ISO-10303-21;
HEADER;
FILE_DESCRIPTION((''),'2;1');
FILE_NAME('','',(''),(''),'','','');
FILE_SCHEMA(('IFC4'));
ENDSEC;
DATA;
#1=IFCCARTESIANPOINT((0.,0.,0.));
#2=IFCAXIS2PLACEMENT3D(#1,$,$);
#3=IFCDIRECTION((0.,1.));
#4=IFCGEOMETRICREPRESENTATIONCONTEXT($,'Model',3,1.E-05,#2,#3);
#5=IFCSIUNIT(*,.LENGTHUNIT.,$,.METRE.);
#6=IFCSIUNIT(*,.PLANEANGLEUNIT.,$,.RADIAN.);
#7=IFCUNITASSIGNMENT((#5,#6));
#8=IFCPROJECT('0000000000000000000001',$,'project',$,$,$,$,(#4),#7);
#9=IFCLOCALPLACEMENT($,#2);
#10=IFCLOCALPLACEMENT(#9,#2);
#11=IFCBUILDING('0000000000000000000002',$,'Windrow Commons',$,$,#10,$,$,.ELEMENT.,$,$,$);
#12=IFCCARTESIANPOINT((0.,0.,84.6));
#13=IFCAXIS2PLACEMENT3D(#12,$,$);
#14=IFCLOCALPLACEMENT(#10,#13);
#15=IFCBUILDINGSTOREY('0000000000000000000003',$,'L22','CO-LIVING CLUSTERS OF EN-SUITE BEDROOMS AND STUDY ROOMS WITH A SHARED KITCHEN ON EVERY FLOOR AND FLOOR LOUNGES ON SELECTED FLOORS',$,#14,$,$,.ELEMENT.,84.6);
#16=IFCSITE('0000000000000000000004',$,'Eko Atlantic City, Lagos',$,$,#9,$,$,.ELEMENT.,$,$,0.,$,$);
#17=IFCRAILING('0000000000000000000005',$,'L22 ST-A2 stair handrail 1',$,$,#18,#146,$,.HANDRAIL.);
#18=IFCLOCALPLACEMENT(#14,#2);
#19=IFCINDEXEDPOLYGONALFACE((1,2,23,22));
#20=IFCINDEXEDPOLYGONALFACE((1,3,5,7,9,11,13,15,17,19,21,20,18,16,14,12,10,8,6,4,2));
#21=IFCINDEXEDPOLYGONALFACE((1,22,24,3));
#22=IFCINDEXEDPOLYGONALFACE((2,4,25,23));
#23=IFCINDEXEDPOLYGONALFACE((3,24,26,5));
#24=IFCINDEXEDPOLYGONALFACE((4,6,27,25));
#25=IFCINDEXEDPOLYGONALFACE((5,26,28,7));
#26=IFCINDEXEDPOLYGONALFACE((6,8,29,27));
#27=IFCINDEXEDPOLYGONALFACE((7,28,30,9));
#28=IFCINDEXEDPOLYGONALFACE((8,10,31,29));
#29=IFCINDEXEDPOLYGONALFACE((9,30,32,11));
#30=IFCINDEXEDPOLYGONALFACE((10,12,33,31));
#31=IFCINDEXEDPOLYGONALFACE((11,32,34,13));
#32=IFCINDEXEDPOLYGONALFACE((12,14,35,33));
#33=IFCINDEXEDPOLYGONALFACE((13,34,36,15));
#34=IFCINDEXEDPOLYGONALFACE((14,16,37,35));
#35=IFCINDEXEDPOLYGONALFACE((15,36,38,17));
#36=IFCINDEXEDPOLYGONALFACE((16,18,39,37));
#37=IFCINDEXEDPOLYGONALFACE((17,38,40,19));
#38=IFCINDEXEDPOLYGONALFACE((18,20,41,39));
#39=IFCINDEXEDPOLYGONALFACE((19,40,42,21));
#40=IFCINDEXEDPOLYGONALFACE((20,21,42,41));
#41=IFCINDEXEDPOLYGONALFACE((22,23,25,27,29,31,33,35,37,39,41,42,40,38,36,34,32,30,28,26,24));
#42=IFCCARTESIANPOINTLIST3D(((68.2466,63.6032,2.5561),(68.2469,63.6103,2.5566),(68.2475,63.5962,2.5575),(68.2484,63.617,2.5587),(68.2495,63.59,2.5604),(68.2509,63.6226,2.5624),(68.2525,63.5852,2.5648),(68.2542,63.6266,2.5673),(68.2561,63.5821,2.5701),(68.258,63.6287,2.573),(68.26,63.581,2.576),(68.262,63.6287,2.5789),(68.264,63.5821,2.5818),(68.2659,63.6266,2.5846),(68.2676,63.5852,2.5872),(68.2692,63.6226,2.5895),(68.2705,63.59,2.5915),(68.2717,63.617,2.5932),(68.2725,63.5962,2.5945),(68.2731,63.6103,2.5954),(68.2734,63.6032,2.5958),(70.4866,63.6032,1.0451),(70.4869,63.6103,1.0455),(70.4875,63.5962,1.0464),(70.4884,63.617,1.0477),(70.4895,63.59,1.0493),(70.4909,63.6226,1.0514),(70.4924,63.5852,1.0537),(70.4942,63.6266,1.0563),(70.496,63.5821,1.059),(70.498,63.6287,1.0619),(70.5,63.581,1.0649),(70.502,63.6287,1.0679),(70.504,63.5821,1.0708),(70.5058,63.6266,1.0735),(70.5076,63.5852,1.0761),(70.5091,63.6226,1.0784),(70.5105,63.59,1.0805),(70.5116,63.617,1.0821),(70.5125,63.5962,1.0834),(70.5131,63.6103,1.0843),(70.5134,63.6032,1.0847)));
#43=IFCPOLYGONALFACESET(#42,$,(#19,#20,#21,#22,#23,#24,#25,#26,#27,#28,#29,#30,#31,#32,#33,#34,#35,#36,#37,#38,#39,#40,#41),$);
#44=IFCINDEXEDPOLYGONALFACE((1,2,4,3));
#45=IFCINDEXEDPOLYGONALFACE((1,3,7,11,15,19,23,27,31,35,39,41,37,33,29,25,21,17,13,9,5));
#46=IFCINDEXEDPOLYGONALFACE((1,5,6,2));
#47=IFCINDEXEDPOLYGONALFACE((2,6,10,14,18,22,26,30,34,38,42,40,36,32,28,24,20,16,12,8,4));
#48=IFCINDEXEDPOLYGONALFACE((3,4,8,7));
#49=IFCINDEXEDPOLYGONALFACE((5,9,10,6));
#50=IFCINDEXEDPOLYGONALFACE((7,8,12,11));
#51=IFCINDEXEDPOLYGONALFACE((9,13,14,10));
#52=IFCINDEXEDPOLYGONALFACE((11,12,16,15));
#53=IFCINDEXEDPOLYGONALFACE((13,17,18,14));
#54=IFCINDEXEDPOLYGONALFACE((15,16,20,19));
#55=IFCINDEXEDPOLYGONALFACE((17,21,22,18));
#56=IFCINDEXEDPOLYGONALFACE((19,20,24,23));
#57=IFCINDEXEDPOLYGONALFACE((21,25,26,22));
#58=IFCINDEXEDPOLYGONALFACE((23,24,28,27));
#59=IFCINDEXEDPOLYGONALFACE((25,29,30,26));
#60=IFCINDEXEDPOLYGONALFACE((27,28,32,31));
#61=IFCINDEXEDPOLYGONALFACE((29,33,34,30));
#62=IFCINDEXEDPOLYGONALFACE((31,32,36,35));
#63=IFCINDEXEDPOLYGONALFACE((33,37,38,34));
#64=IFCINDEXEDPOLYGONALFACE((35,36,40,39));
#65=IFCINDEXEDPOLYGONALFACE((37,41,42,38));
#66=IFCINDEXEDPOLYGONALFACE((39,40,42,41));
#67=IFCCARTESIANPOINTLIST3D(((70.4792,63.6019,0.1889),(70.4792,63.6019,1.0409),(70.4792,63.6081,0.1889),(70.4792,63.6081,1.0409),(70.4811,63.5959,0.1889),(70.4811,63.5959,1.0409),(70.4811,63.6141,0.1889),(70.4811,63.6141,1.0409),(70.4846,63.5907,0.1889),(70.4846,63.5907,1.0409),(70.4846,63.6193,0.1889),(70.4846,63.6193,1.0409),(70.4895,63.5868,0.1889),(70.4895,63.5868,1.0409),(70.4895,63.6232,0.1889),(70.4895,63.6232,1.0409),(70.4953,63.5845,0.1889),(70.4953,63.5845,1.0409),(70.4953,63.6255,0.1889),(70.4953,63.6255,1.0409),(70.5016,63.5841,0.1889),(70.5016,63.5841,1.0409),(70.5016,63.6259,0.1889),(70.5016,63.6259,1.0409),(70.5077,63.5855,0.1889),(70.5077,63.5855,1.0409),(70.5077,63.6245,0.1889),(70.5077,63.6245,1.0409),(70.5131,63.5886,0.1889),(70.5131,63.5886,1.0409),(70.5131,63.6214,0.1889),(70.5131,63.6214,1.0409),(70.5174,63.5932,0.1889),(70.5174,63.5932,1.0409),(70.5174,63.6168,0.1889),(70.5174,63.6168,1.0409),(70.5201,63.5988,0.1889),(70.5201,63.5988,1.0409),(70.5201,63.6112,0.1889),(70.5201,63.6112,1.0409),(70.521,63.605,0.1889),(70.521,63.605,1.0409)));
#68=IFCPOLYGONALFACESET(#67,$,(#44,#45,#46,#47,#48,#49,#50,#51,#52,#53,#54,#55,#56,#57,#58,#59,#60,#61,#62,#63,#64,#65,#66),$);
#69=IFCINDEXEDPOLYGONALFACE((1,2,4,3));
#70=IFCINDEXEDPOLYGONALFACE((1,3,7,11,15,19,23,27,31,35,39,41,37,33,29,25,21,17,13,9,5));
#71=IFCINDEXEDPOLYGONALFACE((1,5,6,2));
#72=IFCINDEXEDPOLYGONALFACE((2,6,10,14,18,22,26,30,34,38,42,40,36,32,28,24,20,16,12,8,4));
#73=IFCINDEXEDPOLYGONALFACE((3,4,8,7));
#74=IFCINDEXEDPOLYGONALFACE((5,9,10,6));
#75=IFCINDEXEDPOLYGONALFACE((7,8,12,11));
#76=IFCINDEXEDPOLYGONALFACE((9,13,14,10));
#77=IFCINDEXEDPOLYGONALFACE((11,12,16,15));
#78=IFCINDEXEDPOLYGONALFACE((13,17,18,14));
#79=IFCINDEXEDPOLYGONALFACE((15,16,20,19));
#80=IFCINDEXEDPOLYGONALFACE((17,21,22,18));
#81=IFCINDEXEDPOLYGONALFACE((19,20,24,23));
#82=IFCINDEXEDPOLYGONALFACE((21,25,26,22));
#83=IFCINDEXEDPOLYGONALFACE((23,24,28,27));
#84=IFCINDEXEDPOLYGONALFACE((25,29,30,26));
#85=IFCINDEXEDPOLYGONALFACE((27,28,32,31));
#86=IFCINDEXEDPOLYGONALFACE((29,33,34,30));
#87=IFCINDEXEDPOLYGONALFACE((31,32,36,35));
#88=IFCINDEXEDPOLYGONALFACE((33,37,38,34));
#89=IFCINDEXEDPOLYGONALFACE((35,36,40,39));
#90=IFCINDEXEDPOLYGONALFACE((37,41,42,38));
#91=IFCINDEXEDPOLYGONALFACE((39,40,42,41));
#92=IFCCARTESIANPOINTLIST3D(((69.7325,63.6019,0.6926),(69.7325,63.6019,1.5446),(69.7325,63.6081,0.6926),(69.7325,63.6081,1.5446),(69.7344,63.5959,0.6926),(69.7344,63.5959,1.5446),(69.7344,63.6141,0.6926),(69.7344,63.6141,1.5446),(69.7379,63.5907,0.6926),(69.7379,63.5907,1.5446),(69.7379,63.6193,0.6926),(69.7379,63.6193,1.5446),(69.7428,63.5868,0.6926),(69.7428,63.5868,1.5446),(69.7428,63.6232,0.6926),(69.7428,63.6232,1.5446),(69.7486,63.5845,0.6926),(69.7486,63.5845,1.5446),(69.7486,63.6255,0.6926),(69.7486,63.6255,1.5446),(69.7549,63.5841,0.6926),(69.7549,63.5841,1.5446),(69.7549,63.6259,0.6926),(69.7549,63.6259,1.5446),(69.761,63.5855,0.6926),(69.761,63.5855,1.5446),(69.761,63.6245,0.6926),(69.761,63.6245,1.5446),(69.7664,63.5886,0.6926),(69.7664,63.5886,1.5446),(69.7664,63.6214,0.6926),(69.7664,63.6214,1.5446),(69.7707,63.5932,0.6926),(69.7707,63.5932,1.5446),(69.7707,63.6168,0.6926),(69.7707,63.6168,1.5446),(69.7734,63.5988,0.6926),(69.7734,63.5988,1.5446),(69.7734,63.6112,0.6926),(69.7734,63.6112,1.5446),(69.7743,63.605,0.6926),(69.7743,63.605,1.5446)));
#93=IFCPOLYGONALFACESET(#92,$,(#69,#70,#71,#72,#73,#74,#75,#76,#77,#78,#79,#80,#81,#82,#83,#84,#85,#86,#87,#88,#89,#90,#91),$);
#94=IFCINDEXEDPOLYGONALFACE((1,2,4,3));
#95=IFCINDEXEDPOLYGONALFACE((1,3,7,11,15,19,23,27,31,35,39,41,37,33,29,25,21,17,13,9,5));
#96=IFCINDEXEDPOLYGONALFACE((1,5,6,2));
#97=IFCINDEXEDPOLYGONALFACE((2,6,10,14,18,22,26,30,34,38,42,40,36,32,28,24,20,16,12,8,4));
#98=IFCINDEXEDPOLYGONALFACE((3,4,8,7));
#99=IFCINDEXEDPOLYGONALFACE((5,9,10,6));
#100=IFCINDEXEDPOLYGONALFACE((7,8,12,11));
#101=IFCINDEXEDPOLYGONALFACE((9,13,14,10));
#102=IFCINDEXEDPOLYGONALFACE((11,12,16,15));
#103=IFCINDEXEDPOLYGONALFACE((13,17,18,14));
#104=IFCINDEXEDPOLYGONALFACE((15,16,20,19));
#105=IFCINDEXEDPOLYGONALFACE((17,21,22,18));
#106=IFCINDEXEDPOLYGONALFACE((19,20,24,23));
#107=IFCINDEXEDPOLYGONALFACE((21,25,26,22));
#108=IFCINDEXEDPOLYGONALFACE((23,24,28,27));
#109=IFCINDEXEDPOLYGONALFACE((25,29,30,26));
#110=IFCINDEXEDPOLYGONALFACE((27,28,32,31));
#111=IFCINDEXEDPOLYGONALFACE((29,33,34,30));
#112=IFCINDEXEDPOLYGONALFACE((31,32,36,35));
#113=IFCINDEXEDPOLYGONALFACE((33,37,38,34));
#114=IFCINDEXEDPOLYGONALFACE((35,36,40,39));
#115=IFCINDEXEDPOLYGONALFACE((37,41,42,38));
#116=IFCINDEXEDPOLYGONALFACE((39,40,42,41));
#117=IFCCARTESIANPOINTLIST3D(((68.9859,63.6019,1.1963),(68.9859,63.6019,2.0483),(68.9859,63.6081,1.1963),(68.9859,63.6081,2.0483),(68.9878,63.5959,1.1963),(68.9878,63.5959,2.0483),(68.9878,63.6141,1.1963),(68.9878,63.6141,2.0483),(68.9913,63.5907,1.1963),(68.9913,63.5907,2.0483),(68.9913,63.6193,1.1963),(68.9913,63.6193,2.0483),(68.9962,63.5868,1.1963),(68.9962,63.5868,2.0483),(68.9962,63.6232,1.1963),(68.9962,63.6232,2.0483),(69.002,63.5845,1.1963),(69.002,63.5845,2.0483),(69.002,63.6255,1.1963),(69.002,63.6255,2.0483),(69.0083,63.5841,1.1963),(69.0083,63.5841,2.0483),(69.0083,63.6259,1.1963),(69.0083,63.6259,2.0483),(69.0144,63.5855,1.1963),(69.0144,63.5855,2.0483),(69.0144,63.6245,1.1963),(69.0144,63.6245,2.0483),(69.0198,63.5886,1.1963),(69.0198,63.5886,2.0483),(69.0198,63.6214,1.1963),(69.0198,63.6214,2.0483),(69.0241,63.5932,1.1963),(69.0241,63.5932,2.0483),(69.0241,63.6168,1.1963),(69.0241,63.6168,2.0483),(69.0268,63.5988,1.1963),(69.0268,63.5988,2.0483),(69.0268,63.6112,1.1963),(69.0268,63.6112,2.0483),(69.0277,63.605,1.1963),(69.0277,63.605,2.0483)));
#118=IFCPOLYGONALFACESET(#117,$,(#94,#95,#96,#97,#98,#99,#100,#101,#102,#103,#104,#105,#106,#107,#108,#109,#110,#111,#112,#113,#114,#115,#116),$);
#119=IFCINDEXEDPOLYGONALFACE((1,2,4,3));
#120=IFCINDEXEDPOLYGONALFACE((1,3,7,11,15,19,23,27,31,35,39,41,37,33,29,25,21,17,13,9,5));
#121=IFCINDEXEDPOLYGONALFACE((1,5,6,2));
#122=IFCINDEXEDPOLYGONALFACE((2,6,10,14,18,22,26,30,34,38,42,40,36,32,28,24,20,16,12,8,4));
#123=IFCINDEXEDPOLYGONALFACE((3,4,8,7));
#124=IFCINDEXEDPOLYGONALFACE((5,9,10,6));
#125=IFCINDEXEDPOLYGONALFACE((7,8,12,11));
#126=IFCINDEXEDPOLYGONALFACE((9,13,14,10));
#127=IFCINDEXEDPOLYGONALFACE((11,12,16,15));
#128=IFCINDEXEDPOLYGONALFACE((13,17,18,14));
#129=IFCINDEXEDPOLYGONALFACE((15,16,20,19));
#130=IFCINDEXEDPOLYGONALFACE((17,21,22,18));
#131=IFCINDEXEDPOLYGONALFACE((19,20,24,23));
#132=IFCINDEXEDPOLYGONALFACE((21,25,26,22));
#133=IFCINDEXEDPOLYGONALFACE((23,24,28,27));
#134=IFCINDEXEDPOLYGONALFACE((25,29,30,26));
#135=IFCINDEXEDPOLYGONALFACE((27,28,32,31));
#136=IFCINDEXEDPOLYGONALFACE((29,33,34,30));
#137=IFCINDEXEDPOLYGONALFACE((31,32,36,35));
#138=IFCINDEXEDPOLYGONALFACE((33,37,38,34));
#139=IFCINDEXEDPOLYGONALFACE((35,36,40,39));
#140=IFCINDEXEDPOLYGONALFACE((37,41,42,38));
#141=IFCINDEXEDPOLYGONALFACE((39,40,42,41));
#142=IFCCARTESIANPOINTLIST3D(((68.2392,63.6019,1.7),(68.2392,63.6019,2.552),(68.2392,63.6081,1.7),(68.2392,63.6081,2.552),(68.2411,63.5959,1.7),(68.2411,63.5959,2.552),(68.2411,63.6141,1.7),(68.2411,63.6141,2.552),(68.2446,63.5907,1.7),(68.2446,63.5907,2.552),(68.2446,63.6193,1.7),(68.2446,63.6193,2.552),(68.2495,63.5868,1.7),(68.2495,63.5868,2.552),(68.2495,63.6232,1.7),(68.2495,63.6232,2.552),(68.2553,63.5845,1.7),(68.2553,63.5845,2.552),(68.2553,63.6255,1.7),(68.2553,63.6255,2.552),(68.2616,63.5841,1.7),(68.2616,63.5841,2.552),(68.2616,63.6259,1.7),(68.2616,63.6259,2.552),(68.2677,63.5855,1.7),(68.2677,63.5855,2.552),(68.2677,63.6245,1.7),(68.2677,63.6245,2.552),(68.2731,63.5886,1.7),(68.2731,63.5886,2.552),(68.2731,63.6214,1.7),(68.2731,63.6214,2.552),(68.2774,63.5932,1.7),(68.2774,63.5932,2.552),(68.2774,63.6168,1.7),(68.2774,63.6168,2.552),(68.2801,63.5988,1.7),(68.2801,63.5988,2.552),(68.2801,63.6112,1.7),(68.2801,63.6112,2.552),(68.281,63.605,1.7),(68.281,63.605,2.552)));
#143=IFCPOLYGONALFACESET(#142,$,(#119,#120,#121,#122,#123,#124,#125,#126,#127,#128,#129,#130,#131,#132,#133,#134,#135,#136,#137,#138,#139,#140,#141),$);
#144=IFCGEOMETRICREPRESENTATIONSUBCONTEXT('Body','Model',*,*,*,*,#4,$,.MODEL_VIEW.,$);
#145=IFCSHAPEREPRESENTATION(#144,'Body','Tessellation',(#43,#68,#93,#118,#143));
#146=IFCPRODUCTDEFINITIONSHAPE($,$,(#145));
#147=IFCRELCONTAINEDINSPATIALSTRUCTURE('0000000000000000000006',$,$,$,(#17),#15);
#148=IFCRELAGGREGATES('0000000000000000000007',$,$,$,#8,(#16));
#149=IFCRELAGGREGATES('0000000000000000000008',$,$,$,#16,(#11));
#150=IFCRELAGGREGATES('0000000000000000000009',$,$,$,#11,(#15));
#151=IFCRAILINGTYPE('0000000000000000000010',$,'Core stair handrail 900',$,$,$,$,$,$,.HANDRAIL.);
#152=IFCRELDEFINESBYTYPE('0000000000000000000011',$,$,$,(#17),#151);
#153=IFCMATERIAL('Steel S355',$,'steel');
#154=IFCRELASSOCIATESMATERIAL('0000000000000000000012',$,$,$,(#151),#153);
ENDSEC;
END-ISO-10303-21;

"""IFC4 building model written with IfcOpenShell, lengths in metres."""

from ifc_helpers import new_model, si_unit, direction, frame, origin, origin_2d, place, context, subcontext, project, spatial, circle, extrude, material, type_object, element, save


model = new_model("IFC4")

# Units and contexts
model_context = context("Model", 3, precision=1e-05, world=origin(), true_north=direction((0.0, 1.0)))
body_context = subcontext(model_context, "Body", "Model", "MODEL_VIEW")
ifc_project = project(units=[si_unit("LENGTHUNIT", "METRE"), si_unit("PLANEANGLEUNIT", "RADIAN")], contexts=[model_context])

# Site, building, storey
site_placement = place(None, origin())
site = spatial("IfcSite", under=ifc_project, at=site_placement, Name="Eko Atlantic City, Lagos", CompositionType="ELEMENT", RefElevation=0.0)
building_placement = place(site_placement, origin())
building = spatial("IfcBuilding", under=site, at=building_placement, Name="Windrow Commons", CompositionType="ELEMENT")
storey_placement = place(building_placement, frame((0.0, 0.0, 84.6)))
storey = spatial("IfcBuildingStorey", under=building, at=storey_placement, Name="L22", Description="CO-LIVING CLUSTERS OF EN-SUITE BEDROOMS AND STUDY ROOMS WITH A SHARED KITCHEN ON EVERY FLOOR AND FLOOR LOUNGES ON SELECTED FLOORS", CompositionType="ELEMENT", Elevation=84.6)

# Railing
ifc_material_1 = material(Name="Steel S355", Category="steel")
railing_type_1 = type_object("IfcRailingType", Name="Core stair handrail 900", PredefinedType="HANDRAIL", material=ifc_material_1)
for number, where, name in (
    (1, (70.5, 63.605, 0.1889), "L22 ST-A2 stair handrail 1"),
):
    element("IfcRailing", number, at=place(storey_placement, frame(where)), inside=storey, type_object=railing_type_1, Name=name, PredefinedType="HANDRAIL", context=body_context, shape_type="SweptSolid", body=[
        extrude(circle(Radius=0.024, at=origin_2d()), frame((0.0, 0.0, 0.876), z_axis=(-0.829003, 0.0, 0.559244), x_axis=(0.0, -1.0, 0.0)), (0.0, 0.0, 1.0), 2.702),
        extrude(circle(Radius=0.021, at=origin_2d()), origin(), (0.0, 0.0, 1.0), 0.852),
        extrude(circle(Radius=0.021, at=origin_2d()), frame((-0.7467, 0.0, 0.5037)), (0.0, 0.0, 1.0), 0.852),
        extrude(circle(Radius=0.021, at=origin_2d()), frame((-1.4933, 0.0, 1.0074)), (0.0, 0.0, 1.0), 0.852),
        extrude(circle(Radius=0.021, at=origin_2d()), frame((-2.24, 0.0, 1.5111)), (0.0, 0.0, 1.0), 0.852),
    ])

save(model, "model.ifc")
